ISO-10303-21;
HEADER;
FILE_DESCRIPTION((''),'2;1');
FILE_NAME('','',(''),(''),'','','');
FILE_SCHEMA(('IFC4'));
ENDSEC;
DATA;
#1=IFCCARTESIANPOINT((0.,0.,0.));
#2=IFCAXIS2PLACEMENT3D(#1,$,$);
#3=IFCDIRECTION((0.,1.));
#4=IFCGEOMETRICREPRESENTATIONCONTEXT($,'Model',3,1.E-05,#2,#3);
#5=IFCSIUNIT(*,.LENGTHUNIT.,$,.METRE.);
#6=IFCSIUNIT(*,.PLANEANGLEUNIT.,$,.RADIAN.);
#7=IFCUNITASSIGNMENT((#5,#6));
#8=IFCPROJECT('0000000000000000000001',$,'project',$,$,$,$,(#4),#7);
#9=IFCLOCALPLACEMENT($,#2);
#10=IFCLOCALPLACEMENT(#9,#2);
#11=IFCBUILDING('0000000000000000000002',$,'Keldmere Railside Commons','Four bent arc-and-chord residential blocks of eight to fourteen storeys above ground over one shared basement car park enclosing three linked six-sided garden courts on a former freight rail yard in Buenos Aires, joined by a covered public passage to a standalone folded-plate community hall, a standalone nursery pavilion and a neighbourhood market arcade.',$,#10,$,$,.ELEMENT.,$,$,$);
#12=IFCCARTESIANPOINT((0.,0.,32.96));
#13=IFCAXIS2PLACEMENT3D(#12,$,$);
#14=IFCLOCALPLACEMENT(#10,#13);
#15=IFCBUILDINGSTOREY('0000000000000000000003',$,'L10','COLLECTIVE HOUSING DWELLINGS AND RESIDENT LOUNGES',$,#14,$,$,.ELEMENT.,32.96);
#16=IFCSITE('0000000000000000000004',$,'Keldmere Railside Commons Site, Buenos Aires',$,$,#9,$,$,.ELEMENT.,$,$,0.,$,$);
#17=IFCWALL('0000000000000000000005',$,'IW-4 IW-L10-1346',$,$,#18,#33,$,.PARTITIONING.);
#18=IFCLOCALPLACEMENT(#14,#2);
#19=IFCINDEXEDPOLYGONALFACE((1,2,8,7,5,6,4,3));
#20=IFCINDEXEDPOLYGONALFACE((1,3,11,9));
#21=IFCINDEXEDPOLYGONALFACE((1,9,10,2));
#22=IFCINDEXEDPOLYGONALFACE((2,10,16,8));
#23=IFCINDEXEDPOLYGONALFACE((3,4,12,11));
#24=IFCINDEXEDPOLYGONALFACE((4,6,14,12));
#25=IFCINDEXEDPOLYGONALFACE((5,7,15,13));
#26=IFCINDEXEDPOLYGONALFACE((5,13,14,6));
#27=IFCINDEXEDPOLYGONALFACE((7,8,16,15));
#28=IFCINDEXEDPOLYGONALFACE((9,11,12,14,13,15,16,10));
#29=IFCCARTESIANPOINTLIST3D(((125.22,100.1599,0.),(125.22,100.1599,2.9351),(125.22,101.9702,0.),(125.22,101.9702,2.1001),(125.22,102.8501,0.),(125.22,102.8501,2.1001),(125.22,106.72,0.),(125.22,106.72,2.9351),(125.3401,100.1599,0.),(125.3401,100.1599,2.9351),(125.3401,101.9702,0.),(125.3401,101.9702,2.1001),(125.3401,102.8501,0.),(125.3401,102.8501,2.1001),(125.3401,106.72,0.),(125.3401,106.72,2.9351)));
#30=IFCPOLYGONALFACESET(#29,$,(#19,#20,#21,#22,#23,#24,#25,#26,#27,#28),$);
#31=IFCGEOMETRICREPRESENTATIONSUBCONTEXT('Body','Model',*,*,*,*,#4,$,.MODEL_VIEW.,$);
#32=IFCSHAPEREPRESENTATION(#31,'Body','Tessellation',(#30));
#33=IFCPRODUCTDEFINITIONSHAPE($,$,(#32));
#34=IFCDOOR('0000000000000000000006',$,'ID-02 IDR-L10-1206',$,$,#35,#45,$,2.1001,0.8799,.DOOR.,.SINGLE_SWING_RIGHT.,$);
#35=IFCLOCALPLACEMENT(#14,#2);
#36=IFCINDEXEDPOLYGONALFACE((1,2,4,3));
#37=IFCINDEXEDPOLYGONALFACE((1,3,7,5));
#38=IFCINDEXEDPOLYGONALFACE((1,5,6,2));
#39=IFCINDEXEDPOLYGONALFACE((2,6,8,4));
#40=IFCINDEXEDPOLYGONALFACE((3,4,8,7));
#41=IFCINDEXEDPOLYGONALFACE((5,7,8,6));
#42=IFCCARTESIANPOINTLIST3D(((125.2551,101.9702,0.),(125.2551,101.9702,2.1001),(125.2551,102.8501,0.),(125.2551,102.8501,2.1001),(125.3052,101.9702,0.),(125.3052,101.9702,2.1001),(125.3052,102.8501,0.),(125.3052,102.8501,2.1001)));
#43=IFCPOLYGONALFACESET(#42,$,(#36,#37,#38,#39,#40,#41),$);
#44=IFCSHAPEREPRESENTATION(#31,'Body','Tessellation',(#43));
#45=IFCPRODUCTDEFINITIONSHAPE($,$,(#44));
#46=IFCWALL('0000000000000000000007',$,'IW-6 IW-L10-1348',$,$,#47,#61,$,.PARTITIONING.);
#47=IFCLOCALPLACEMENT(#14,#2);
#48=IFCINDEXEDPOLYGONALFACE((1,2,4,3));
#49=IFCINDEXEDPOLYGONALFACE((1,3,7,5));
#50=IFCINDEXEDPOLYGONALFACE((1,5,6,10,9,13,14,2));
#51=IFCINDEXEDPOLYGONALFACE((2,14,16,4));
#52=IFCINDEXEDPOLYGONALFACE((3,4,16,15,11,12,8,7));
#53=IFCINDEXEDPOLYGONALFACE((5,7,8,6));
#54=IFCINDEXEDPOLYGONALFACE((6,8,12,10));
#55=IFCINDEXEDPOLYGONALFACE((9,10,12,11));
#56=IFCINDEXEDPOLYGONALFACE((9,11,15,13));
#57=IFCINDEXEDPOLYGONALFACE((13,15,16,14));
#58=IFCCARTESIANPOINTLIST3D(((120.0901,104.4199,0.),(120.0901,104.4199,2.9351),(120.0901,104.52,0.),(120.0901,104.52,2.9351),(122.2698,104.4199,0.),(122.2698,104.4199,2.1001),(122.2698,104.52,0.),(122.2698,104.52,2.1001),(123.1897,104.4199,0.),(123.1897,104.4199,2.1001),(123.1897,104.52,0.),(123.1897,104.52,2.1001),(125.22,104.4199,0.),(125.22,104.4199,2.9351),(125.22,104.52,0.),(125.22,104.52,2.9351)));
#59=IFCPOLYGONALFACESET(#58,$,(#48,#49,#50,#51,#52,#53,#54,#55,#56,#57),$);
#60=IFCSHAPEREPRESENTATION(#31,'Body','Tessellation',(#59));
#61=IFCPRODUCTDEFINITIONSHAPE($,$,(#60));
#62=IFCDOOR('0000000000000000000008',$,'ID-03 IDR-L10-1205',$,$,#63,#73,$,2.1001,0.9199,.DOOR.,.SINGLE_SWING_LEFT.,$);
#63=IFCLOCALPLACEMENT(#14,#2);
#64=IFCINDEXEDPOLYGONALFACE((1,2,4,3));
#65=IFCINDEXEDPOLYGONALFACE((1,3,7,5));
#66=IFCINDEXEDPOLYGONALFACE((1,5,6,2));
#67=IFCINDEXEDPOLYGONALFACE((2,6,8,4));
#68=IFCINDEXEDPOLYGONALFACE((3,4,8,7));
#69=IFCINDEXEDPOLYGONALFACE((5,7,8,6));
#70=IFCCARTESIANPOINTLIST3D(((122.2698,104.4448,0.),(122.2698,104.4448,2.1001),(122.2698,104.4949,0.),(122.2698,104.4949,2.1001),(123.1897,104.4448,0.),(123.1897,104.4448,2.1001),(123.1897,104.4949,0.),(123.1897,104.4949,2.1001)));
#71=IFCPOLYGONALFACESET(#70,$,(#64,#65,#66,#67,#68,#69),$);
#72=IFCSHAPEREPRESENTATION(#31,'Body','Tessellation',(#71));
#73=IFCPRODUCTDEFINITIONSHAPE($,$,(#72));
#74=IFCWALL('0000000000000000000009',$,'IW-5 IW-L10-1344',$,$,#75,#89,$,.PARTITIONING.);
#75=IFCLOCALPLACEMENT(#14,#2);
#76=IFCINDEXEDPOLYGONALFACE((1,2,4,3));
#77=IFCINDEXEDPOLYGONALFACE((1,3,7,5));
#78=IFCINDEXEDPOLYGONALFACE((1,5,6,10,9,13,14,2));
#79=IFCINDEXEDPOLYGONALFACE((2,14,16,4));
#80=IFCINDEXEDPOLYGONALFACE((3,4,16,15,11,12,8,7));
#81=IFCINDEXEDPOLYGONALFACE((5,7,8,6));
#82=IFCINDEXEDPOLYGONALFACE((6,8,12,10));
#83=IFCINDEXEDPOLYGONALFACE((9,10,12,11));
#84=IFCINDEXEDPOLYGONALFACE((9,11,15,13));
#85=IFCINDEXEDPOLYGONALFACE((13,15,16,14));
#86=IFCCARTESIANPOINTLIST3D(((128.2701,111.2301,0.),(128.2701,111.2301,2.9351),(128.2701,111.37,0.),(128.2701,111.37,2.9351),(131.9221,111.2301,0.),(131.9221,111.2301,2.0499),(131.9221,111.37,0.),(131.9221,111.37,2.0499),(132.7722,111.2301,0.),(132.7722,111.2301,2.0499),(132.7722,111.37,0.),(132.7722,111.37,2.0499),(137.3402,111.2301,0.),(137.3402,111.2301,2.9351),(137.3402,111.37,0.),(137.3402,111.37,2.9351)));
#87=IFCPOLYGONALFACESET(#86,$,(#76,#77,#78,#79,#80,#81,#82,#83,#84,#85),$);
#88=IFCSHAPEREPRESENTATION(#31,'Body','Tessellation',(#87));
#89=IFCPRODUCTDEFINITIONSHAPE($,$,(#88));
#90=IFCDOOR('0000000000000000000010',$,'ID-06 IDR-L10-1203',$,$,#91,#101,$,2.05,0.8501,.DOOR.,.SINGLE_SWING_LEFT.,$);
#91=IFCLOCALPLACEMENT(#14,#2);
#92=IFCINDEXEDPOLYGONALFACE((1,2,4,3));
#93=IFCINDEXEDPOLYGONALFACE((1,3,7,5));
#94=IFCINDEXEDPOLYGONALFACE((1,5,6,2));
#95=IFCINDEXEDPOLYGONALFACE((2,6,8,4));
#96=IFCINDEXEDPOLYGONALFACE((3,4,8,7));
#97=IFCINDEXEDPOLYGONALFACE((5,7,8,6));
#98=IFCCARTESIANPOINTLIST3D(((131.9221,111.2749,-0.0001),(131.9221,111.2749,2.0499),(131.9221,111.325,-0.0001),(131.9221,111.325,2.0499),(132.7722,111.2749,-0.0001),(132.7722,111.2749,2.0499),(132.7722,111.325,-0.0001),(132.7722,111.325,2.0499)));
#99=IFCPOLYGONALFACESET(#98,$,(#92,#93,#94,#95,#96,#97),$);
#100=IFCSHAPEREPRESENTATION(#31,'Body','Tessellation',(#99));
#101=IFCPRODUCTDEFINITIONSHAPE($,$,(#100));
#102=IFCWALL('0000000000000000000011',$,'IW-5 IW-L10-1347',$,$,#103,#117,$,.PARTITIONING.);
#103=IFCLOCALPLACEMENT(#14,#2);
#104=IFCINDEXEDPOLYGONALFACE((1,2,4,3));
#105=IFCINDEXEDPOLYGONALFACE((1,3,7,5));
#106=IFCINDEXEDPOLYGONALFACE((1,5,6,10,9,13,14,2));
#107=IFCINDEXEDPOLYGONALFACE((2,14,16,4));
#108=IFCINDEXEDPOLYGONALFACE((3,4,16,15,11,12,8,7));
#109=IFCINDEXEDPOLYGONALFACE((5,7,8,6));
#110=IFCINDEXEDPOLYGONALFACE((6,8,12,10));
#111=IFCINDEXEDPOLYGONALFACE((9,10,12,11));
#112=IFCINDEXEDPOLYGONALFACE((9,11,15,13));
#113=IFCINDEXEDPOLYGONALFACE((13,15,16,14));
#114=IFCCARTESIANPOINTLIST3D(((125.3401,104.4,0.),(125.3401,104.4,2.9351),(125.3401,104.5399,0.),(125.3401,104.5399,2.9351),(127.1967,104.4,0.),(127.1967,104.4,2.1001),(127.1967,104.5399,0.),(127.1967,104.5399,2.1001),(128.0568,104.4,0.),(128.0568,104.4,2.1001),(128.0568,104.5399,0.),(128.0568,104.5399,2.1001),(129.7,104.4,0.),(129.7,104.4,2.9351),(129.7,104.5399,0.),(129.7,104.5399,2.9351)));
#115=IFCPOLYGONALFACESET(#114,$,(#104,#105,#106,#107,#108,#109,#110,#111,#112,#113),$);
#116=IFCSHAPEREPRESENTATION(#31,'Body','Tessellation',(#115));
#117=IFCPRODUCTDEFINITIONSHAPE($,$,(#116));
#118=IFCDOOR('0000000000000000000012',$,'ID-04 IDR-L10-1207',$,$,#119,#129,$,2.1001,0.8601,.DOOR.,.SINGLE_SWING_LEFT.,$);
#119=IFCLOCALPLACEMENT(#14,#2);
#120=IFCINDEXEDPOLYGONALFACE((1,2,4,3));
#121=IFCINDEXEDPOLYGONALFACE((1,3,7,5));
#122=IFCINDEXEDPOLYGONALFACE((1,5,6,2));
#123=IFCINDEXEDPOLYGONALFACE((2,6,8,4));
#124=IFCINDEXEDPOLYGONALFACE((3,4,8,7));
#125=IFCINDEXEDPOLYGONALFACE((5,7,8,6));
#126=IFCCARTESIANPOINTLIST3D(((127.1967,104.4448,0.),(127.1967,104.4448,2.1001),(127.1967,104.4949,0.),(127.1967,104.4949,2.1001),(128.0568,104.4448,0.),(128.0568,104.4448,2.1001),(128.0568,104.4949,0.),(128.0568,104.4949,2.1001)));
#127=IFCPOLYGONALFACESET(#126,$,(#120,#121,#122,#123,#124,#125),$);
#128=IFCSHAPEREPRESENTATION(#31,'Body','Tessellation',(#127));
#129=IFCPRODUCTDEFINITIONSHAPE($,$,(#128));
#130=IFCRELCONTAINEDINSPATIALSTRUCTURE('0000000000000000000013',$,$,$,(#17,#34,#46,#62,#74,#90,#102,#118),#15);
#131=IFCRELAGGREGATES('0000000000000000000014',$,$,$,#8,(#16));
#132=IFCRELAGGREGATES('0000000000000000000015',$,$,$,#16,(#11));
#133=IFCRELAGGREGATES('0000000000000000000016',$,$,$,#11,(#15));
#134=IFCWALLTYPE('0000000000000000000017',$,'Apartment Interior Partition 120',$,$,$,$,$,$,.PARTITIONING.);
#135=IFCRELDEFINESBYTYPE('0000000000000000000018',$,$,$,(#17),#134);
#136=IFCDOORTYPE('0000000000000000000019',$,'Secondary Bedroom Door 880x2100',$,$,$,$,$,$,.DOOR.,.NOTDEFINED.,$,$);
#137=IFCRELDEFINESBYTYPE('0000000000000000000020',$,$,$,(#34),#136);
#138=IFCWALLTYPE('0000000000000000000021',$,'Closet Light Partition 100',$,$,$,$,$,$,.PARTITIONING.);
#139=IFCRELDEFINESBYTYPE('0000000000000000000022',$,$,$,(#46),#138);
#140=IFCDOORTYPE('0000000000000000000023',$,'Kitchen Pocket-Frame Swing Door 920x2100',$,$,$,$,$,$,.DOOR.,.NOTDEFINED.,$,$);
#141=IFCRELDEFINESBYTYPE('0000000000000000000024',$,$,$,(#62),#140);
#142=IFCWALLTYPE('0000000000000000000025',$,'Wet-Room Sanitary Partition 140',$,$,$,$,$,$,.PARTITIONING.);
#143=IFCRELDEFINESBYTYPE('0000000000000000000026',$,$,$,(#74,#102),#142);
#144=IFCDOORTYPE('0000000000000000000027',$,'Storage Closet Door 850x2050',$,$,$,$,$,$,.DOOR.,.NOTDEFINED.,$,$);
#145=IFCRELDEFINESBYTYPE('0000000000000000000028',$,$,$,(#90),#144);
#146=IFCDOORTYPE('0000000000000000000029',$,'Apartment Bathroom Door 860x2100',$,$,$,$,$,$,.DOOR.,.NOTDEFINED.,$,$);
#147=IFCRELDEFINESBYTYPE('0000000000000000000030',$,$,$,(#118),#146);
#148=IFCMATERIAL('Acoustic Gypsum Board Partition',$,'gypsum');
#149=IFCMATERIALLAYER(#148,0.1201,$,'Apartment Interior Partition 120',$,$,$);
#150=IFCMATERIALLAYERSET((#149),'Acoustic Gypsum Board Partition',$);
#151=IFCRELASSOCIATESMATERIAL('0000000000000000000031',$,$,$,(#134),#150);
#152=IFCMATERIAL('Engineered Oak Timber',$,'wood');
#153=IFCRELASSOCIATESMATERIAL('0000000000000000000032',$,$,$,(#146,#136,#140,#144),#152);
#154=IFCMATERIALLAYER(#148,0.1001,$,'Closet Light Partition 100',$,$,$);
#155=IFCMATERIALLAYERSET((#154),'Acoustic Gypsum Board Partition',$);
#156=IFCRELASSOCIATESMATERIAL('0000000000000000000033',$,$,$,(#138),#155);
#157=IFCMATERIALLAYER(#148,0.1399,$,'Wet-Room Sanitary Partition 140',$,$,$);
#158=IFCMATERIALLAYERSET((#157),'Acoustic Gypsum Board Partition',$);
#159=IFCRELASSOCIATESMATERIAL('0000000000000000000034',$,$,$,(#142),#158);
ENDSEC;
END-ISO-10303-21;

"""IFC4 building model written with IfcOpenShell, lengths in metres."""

from ifc_helpers import new_model, si_unit, direction, frame, frame_2d, origin, place, context, subcontext, project, spatial, rectangle, extrude, material, layer, layer_set, type_object, element, fill, save


model = new_model("IFC4")

# Units and contexts
model_context = context("Model", 3, precision=1e-05, world=origin(), true_north=direction((0.0, 1.0)))
body_context = subcontext(model_context, "Body", "Model", "MODEL_VIEW")
ifc_project = project(units=[si_unit("LENGTHUNIT", "METRE"), si_unit("PLANEANGLEUNIT", "RADIAN")], contexts=[model_context])

# Site, building, storey
site_placement = place(None, origin())
site = spatial("IfcSite", under=ifc_project, at=site_placement, Name="Keldmere Railside Commons Site, Buenos Aires", CompositionType="ELEMENT", RefElevation=0.0)
building_placement = place(site_placement, origin())
building = spatial("IfcBuilding", under=site, at=building_placement, Name="Keldmere Railside Commons", Description="Four bent arc-and-chord residential blocks of eight to fourteen storeys above ground over one shared basement car park enclosing three linked six-sided garden courts on a former freight rail yard in Buenos Aires, joined by a covered public passage to a standalone folded-plate community hall, a standalone nursery pavilion and a neighbourhood market arcade.", CompositionType="ELEMENT")
storey_placement = place(building_placement, frame((0.0, 0.0, 32.96)))
storey = spatial("IfcBuildingStorey", under=building, at=storey_placement, Name="L10", Description="COLLECTIVE HOUSING DWELLINGS AND RESIDENT LOUNGES", CompositionType="ELEMENT", Elevation=32.96)

# Shared definitions
ifc_material_1 = material(Name="Acoustic Gypsum Board Partition", Category="gypsum")

# Shared definitions
ifc_layer_1 = layer(ifc_material_1, 0.1201, Name="Apartment Interior Partition 120")
ifc_layer_set_1 = layer_set([ifc_layer_1], Name="Acoustic Gypsum Board Partition")
wall_type_1 = type_object("IfcWallType", Name="Apartment Interior Partition 120", PredefinedType="PARTITIONING", material=ifc_layer_set_1)
ifc_material_2 = material(Name="Engineered Oak Timber", Category="wood")
door_type_1 = type_object("IfcDoorType", Name="Apartment Bathroom Door 860x2100", OperationType="NOTDEFINED", PredefinedType="DOOR", material=ifc_material_2)

# Walls, openings, doors
wall_1_placement = place(storey_placement, frame((125.28, 100.1599, 0.0), z_axis=(0.0, 0.0, 1.0), x_axis=(0.0, 1.0, 0.0)))
wall_1 = element("IfcWall", 1, at=wall_1_placement, inside=storey, type_object=wall_type_1, Name="IW-4 IW-L10-1346", PredefinedType="PARTITIONING", context=body_context, shape_type="SweptSolid", body=[
    extrude(rectangle(XDim=6.5601, YDim=0.1201, at=frame_2d((3.28, 0.0))), origin(), (0.0, 0.0, 1.0), 2.9351),
])
opening_1_placement = place(wall_1_placement, frame((1.8103, 0.0, 0.0)))
opening_1 = element("IfcOpeningElement", 2, at=opening_1_placement, cuts=wall_1, PredefinedType="OPENING", context=body_context, shape_type="SweptSolid", body=[
    extrude(rectangle(XDim=0.8799, YDim=2.1001, at=frame_2d((0.4399, 1.05))), frame((0.0, 0.0701, 0.0), z_axis=(0.0, -1.0, 0.0), x_axis=(1.0, 0.0, 0.0)), (0.0, 0.0, 1.0), 0.1401),
])
door_type_2 = type_object("IfcDoorType", Name="Secondary Bedroom Door 880x2100", OperationType="NOTDEFINED", PredefinedType="DOOR", material=ifc_material_2)
door_1_placement = place(opening_1_placement, origin())
door_1 = element("IfcDoor", 3, at=door_1_placement, inside=storey, type_object=door_type_2, Name="ID-02 IDR-L10-1206", OperationType="SINGLE_SWING_RIGHT", OverallHeight=2.1001, OverallWidth=0.8799, PredefinedType="DOOR", context=body_context, shape_type="SweptSolid", body=[
    extrude(rectangle(XDim=0.8799, YDim=2.1001, at=frame_2d((0.4399, 1.05))), frame((0.0, 0.0249, 0.0), z_axis=(0.0, -1.0, 0.0), x_axis=(1.0, 0.0, 0.0)), (0.0, 0.0, 1.0), 0.05),
])
fill(opening_1, door_1)
ifc_layer_2 = layer(ifc_material_1, 0.1001, Name="Closet Light Partition 100")
ifc_layer_set_2 = layer_set([ifc_layer_2], Name="Acoustic Gypsum Board Partition")
wall_type_2 = type_object("IfcWallType", Name="Closet Light Partition 100", PredefinedType="PARTITIONING", material=ifc_layer_set_2)
wall_2_placement = place(storey_placement, frame((120.0901, 104.47, 0.0), z_axis=(0.0, 0.0, 1.0), x_axis=(1.0, 0.0, 0.0)))
wall_2 = element("IfcWall", 4, at=wall_2_placement, inside=storey, type_object=wall_type_2, Name="IW-6 IW-L10-1348", PredefinedType="PARTITIONING", context=body_context, shape_type="SweptSolid", body=[
    extrude(rectangle(XDim=5.1299, YDim=0.1001, at=frame_2d((2.5649, 0.0))), origin(), (0.0, 0.0, 1.0), 2.9351),
])
opening_2_placement = place(wall_2_placement, frame((2.1797, 0.0, 0.0)))
opening_2 = element("IfcOpeningElement", 5, at=opening_2_placement, cuts=wall_2, PredefinedType="OPENING", context=body_context, shape_type="SweptSolid", body=[
    extrude(rectangle(XDim=0.9199, YDim=2.1001, at=frame_2d((0.46, 1.05))), frame((0.0, 0.0601, 0.0), z_axis=(0.0, -1.0, 0.0), x_axis=(1.0, 0.0, 0.0)), (0.0, 0.0, 1.0), 0.1201),
])
door_type_3 = type_object("IfcDoorType", Name="Kitchen Pocket-Frame Swing Door 920x2100", OperationType="NOTDEFINED", PredefinedType="DOOR", material=ifc_material_2)
door_2_placement = place(opening_2_placement, origin())
door_2 = element("IfcDoor", 6, at=door_2_placement, inside=storey, type_object=door_type_3, Name="ID-03 IDR-L10-1205", OperationType="SINGLE_SWING_LEFT", OverallHeight=2.1001, OverallWidth=0.9199, PredefinedType="DOOR", context=body_context, shape_type="SweptSolid", body=[
    extrude(rectangle(XDim=0.9199, YDim=2.1001, at=frame_2d((0.46, 1.05))), frame((0.0, 0.0249, 0.0), z_axis=(0.0, -1.0, 0.0), x_axis=(1.0, 0.0, 0.0)), (0.0, 0.0, 1.0), 0.05),
])
fill(opening_2, door_2)
ifc_layer_3 = layer(ifc_material_1, 0.1399, Name="Wet-Room Sanitary Partition 140")
ifc_layer_set_3 = layer_set([ifc_layer_3], Name="Acoustic Gypsum Board Partition")
wall_type_3 = type_object("IfcWallType", Name="Wet-Room Sanitary Partition 140", PredefinedType="PARTITIONING", material=ifc_layer_set_3)
wall_3_placement = place(storey_placement, frame((128.27, 111.3, 0.0), z_axis=(0.0, 0.0, 1.0), x_axis=(1.0, 0.0, 0.0)))
wall_3 = element("IfcWall", 7, at=wall_3_placement, inside=storey, type_object=wall_type_3, Name="IW-5 IW-L10-1344", PredefinedType="PARTITIONING", context=body_context, shape_type="SweptSolid", body=[
    extrude(rectangle(XDim=9.0701, YDim=0.1399, at=frame_2d((4.5352, 0.0))), origin(), (0.0, 0.0, 1.0), 2.9351),
])
opening_3_placement = place(wall_3_placement, frame((3.6521, 0.0, 0.0)))
opening_3 = element("IfcOpeningElement", 8, at=opening_3_placement, cuts=wall_3, PredefinedType="OPENING", context=body_context, shape_type="SweptSolid", body=[
    extrude(rectangle(XDim=0.8501, YDim=2.05, at=frame_2d((0.425, 1.0249))), frame((0.0, 0.0798, 0.0), z_axis=(0.0, -1.0, 0.0), x_axis=(1.0, 0.0, 0.0)), (0.0, 0.0, 1.0), 0.1599),
])
door_type_4 = type_object("IfcDoorType", Name="Storage Closet Door 850x2050", OperationType="NOTDEFINED", PredefinedType="DOOR", material=ifc_material_2)
door_3_placement = place(opening_3_placement, origin())
door_3 = element("IfcDoor", 9, at=door_3_placement, inside=storey, type_object=door_type_4, Name="ID-06 IDR-L10-1203", OperationType="SINGLE_SWING_LEFT", OverallHeight=2.05, OverallWidth=0.8501, PredefinedType="DOOR", context=body_context, shape_type="SweptSolid", body=[
    extrude(rectangle(XDim=0.8501, YDim=2.05, at=frame_2d((0.425, 1.0249))), frame((0.0, 0.0249, 0.0), z_axis=(0.0, -1.0, 0.0), x_axis=(1.0, 0.0, 0.0)), (0.0, 0.0, 1.0), 0.05),
])
fill(opening_3, door_3)
wall_4_placement = place(storey_placement, frame((125.3401, 104.47, 0.0), z_axis=(0.0, 0.0, 1.0), x_axis=(1.0, 0.0, 0.0)))
wall_4 = element("IfcWall", 10, at=wall_4_placement, inside=storey, type_object=wall_type_3, Name="IW-5 IW-L10-1347", PredefinedType="PARTITIONING", context=body_context, shape_type="SweptSolid", body=[
    extrude(rectangle(XDim=4.3599, YDim=0.1399, at=frame_2d((2.1799, 0.0))), origin(), (0.0, 0.0, 1.0), 2.9351),
])
opening_4_placement = place(wall_4_placement, frame((1.8564, 0.0, 0.0)))
opening_4 = element("IfcOpeningElement", 11, at=opening_4_placement, cuts=wall_4, PredefinedType="OPENING", context=body_context, shape_type="SweptSolid", body=[
    extrude(rectangle(XDim=0.8601, YDim=2.1001, at=frame_2d((0.4302, 1.05))), frame((0.0, 0.0798, 0.0), z_axis=(0.0, -1.0, 0.0), x_axis=(1.0, 0.0, 0.0)), (0.0, 0.0, 1.0), 0.1599),
])
door_4_placement = place(opening_4_placement, origin())
door_4 = element("IfcDoor", 12, at=door_4_placement, inside=storey, type_object=door_type_1, Name="ID-04 IDR-L10-1207", OperationType="SINGLE_SWING_LEFT", OverallHeight=2.1001, OverallWidth=0.8601, PredefinedType="DOOR", context=body_context, shape_type="SweptSolid", body=[
    extrude(rectangle(XDim=0.8601, YDim=2.1001, at=frame_2d((0.4302, 1.05))), frame((0.0, 0.0249, 0.0), z_axis=(0.0, -1.0, 0.0), x_axis=(1.0, 0.0, 0.0)), (0.0, 0.0, 1.0), 0.05),
])
fill(opening_4, door_4)

save(model, "model.ifc")
